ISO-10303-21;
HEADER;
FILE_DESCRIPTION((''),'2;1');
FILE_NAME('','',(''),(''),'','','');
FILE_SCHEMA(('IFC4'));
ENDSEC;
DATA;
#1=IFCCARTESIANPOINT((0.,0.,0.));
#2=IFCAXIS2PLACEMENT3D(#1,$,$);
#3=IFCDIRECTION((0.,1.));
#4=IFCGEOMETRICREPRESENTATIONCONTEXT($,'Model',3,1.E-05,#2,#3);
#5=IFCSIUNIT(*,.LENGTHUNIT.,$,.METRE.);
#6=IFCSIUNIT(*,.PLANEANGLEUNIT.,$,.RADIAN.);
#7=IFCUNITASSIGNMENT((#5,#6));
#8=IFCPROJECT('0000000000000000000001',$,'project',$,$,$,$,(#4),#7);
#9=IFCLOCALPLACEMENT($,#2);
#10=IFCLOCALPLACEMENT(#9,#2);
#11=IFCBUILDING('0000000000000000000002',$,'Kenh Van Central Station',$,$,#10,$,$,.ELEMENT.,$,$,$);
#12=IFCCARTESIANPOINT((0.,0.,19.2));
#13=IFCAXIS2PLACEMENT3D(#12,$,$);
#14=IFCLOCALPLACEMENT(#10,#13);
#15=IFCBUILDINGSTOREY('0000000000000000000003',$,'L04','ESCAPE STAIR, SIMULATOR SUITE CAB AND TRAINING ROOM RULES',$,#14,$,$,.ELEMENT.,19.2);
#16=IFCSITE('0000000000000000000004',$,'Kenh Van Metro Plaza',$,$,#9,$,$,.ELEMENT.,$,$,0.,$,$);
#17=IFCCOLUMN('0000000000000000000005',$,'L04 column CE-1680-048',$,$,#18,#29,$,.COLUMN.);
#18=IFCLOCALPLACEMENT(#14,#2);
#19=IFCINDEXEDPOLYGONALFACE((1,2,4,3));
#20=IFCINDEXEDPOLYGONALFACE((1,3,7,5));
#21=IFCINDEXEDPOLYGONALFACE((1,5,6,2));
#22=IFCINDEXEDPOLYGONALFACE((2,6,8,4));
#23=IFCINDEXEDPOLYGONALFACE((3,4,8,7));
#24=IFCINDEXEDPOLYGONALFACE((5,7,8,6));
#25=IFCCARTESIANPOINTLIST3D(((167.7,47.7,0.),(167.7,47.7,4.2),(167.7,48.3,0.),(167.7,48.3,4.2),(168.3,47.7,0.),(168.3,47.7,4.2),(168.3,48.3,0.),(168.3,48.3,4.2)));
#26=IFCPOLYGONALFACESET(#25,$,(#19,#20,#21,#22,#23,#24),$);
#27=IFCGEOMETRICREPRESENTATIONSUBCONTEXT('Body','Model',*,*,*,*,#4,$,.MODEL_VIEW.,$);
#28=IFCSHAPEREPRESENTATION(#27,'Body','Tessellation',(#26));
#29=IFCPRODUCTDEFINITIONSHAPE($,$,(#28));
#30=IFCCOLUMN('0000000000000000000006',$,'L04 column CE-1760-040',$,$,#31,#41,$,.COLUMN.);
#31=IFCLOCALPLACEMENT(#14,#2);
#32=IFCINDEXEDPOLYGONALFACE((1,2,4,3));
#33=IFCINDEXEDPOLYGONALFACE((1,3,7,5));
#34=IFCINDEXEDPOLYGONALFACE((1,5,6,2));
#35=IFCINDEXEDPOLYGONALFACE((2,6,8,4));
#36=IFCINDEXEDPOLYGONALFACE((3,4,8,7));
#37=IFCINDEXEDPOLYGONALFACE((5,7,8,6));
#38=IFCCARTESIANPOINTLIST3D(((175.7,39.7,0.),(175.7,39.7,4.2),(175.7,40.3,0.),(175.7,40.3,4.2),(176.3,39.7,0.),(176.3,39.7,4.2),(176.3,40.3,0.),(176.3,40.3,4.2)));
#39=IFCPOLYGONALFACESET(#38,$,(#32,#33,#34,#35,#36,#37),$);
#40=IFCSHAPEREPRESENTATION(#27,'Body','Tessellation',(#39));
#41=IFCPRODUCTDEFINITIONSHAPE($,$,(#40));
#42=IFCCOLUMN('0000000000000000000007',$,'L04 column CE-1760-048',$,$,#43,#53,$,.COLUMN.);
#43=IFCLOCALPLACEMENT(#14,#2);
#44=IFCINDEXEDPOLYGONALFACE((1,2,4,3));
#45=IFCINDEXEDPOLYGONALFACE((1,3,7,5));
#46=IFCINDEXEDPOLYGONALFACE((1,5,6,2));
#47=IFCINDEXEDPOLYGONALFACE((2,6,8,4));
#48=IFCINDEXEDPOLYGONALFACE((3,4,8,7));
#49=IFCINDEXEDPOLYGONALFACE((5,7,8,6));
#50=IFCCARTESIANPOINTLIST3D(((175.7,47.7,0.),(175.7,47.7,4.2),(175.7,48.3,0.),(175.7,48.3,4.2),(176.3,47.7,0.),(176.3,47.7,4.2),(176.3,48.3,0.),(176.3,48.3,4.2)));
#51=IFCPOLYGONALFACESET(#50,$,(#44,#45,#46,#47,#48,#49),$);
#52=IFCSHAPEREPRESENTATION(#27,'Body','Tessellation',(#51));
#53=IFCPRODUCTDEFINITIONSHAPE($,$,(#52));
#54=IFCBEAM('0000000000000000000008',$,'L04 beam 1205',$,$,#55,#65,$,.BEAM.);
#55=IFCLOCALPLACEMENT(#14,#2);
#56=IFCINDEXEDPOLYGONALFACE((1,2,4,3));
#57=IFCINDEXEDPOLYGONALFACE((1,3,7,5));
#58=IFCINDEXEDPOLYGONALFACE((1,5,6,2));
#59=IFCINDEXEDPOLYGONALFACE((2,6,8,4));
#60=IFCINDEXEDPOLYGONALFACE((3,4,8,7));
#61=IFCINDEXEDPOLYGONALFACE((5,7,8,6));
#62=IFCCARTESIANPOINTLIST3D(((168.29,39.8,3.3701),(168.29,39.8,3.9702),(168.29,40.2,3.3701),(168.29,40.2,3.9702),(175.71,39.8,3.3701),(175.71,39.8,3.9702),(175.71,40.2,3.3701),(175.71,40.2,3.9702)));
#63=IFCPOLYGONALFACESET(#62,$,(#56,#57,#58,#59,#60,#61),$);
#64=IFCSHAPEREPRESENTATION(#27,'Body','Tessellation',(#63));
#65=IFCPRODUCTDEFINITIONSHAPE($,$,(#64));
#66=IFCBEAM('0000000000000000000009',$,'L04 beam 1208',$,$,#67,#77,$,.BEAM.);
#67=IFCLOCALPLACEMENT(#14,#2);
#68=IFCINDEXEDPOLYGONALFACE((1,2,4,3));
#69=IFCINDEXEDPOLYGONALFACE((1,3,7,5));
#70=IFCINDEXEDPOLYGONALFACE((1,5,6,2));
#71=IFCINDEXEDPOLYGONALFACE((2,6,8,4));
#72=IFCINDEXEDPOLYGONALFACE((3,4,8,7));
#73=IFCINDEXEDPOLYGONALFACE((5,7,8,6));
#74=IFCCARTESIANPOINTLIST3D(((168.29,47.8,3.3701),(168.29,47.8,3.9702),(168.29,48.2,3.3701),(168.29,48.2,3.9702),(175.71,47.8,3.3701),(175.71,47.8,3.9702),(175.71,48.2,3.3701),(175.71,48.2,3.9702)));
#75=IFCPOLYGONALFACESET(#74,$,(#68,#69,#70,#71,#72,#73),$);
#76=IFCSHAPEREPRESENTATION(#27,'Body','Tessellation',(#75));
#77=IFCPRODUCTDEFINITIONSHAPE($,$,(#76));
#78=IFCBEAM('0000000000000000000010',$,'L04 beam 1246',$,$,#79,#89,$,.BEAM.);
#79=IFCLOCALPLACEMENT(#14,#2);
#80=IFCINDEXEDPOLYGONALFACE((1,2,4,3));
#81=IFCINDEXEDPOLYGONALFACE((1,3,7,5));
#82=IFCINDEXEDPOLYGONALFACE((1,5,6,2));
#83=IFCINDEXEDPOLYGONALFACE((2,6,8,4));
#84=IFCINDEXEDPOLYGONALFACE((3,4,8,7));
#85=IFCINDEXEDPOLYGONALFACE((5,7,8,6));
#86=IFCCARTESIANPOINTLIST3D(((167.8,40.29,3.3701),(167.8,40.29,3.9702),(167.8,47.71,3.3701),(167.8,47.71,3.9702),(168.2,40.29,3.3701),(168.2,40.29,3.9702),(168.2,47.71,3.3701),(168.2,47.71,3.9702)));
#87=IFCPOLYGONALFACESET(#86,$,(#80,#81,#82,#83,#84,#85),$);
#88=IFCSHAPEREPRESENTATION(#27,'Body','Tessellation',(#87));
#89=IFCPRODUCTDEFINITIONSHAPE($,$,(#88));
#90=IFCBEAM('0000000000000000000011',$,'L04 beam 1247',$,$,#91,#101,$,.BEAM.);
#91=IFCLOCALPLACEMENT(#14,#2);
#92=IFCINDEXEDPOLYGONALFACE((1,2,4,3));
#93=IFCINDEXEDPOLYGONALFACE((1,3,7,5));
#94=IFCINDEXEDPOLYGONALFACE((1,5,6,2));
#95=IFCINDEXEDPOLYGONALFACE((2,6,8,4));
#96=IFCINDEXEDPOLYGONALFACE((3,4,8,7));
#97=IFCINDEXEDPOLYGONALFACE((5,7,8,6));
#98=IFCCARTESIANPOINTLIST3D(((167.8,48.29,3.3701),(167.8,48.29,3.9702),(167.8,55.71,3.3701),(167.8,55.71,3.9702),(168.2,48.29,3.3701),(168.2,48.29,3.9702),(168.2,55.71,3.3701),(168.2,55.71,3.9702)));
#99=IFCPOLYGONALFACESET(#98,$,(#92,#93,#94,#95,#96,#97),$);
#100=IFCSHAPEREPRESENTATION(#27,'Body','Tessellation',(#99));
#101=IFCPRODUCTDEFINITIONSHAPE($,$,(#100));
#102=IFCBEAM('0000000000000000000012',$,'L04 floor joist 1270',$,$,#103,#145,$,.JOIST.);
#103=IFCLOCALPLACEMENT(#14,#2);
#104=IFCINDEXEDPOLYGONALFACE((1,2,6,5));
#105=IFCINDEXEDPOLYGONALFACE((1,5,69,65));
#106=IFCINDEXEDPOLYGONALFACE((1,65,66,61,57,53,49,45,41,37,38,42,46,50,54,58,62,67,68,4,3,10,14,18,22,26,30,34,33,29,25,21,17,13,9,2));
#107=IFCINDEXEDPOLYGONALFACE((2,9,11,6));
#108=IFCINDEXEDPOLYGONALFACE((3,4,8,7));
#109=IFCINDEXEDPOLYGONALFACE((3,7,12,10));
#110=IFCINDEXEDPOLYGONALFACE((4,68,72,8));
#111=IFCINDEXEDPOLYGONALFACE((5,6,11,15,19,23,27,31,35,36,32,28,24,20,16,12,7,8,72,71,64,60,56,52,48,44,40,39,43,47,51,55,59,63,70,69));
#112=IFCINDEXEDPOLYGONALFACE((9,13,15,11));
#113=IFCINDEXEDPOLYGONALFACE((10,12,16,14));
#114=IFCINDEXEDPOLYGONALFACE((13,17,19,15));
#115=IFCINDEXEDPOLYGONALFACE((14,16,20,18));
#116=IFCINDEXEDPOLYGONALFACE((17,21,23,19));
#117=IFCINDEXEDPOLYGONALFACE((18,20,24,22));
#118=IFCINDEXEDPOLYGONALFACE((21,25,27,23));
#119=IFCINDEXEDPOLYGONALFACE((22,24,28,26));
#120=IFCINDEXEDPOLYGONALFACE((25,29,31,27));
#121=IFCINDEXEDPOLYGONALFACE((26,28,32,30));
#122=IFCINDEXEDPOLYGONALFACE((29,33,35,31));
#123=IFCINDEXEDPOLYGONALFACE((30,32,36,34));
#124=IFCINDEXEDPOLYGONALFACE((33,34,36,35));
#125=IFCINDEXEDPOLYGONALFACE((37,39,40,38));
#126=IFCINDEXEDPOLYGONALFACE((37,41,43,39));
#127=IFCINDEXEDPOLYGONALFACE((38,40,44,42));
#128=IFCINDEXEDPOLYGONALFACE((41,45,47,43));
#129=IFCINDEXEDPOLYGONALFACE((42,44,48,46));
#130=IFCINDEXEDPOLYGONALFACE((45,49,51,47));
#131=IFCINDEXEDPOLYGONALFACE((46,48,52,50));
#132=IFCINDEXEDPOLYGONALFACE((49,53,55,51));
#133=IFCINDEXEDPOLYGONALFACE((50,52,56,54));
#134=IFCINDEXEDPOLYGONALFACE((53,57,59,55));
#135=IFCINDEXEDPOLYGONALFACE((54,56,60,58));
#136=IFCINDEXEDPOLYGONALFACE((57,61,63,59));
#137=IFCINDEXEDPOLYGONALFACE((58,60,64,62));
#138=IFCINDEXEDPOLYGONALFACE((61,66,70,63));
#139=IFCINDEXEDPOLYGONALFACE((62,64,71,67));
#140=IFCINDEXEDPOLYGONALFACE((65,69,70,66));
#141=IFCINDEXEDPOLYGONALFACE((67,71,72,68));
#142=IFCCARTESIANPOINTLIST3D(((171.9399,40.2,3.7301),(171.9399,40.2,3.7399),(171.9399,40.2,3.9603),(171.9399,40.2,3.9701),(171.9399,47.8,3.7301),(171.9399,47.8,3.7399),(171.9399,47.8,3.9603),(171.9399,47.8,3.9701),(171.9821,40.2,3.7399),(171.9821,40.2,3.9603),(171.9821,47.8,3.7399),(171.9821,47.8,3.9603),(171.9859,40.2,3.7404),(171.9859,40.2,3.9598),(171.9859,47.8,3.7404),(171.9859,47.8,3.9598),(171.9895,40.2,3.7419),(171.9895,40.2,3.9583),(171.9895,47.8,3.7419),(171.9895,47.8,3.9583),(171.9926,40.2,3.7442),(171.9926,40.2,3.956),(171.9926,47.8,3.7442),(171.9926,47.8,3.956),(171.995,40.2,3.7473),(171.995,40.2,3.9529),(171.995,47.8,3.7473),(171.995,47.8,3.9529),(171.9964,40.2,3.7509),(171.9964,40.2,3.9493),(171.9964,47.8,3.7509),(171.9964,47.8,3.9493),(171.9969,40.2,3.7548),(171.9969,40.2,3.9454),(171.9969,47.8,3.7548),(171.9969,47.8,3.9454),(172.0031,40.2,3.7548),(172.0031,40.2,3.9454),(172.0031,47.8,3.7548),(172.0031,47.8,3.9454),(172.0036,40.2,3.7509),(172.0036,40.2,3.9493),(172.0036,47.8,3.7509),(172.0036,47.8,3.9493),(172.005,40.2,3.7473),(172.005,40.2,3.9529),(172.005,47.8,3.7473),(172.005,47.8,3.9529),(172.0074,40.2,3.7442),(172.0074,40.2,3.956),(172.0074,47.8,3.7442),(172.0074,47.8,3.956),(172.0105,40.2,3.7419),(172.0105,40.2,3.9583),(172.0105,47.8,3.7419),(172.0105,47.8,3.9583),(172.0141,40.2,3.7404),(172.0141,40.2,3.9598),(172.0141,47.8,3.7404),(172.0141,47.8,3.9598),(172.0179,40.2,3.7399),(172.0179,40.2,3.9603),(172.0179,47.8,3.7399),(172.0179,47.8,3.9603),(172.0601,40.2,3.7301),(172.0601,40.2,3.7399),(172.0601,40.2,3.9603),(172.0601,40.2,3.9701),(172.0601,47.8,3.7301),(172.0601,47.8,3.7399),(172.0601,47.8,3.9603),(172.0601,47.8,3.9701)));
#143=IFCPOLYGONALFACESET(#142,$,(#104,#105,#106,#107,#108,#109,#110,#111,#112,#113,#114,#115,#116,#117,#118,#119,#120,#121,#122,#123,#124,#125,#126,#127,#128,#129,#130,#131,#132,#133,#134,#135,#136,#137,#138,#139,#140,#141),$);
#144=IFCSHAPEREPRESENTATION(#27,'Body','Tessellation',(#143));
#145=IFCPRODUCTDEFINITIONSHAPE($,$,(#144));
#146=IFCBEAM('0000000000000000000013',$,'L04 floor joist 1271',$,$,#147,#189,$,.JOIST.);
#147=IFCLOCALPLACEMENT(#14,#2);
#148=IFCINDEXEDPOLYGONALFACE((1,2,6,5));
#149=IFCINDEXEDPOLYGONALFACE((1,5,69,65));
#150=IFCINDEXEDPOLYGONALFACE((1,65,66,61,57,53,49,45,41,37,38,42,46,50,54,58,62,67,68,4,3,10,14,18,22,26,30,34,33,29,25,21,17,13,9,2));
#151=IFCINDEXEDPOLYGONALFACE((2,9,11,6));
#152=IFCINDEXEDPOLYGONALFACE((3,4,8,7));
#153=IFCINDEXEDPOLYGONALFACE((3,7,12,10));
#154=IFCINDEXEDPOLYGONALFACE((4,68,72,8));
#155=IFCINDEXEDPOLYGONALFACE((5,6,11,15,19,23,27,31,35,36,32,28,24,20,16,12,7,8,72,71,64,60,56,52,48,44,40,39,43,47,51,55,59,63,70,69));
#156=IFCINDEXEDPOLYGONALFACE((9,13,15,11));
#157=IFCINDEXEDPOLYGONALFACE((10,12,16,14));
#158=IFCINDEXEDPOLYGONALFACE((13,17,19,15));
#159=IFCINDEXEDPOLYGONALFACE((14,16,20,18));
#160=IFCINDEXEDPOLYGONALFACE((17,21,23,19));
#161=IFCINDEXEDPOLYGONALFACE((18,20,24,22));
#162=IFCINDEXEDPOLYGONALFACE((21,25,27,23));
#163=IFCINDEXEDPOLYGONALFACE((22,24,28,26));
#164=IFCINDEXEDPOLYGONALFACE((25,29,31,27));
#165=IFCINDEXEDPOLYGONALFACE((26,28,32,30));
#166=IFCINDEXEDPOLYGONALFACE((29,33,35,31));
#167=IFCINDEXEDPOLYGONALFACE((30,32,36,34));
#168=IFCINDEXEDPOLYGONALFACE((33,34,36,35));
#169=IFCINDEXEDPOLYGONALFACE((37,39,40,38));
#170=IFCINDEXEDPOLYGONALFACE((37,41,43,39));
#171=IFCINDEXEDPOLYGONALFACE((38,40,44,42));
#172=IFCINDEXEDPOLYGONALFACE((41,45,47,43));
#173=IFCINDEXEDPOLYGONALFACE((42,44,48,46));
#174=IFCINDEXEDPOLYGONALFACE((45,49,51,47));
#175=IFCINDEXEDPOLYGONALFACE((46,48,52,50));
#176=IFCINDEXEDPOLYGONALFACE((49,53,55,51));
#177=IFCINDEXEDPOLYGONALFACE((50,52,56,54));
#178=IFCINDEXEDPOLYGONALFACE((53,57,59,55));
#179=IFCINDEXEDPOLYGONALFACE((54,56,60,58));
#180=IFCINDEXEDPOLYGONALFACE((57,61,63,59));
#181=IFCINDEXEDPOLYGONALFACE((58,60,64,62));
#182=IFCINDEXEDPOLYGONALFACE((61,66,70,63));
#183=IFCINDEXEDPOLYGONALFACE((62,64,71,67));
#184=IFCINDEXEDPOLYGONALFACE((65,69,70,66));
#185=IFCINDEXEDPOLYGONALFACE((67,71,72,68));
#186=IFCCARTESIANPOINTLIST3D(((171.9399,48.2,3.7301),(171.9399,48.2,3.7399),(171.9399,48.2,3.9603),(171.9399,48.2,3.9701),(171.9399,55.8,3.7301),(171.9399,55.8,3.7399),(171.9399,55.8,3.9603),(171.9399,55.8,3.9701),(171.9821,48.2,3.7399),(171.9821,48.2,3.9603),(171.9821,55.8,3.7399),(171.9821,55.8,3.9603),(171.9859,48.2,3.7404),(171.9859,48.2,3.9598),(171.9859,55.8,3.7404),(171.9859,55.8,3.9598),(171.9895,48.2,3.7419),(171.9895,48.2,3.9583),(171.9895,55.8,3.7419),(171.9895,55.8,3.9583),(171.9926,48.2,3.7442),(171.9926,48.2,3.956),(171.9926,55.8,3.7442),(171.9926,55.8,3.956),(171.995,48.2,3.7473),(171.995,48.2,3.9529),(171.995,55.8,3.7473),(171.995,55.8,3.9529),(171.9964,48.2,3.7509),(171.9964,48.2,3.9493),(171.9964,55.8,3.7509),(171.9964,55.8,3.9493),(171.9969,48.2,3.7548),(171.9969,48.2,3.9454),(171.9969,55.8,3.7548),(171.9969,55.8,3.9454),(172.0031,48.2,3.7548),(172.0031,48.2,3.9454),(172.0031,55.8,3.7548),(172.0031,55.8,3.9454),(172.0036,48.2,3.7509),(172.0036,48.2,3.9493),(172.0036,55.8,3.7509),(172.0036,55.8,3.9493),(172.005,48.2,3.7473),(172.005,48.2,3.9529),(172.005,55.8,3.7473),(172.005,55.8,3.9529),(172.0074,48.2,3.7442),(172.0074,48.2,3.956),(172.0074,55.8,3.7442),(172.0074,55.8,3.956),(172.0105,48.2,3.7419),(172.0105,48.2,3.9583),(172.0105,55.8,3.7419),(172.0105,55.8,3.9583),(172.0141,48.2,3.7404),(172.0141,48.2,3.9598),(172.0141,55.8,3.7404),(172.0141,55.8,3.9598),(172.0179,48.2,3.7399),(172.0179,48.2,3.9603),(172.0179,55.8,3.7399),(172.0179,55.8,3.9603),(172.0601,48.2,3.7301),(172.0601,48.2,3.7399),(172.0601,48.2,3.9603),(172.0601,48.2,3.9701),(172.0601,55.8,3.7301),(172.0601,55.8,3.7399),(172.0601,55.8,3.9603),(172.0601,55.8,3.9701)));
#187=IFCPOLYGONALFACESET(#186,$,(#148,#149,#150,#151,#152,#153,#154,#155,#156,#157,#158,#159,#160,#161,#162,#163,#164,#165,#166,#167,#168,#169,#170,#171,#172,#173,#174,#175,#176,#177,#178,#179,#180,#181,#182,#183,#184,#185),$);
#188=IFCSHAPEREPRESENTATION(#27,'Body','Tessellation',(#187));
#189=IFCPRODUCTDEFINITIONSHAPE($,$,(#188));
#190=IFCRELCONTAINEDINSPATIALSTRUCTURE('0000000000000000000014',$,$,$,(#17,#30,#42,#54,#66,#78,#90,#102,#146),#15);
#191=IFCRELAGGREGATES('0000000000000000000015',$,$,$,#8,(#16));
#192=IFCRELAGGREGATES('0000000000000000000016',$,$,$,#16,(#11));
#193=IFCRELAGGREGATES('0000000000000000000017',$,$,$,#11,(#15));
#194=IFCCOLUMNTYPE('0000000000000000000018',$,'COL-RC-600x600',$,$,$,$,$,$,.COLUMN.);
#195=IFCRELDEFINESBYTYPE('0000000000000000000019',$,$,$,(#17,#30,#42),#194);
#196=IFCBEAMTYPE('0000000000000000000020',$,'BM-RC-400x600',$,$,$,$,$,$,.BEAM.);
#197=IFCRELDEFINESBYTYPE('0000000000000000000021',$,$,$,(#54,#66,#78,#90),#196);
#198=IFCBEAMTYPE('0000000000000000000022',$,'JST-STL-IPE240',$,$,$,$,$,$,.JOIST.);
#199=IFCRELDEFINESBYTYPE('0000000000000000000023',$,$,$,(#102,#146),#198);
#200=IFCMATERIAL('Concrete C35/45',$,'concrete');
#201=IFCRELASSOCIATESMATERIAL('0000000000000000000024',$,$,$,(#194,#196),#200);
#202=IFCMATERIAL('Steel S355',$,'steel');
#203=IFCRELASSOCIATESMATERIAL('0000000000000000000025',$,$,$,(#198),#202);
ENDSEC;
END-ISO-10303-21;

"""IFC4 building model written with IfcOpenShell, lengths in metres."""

from ifc_helpers import new_model, si_unit, direction, frame, origin, origin_2d, place, context, subcontext, project, spatial, rectangle, i_section, extrude, material, material_profile, profile_set, type_object, element, save


model = new_model("IFC4")

# Units and contexts
model_context = context("Model", 3, precision=1e-05, world=origin(), true_north=direction((0.0, 1.0)))
body_context = subcontext(model_context, "Body", "Model", "MODEL_VIEW")
ifc_project = project(units=[si_unit("LENGTHUNIT", "METRE"), si_unit("PLANEANGLEUNIT", "RADIAN")], contexts=[model_context])

# Site, building, storey
site_placement = place(None, origin())
site = spatial("IfcSite", under=ifc_project, at=site_placement, Name="Kenh Van Metro Plaza", CompositionType="ELEMENT", RefElevation=0.0)
building_placement = place(site_placement, origin())
building = spatial("IfcBuilding", under=site, at=building_placement, Name="Kenh Van Central Station", CompositionType="ELEMENT")
storey_placement = place(building_placement, frame((0.0, 0.0, 19.2)))
storey = spatial("IfcBuildingStorey", under=building, at=storey_placement, Name="L04", Description="ESCAPE STAIR, SIMULATOR SUITE CAB AND TRAINING ROOM RULES", CompositionType="ELEMENT", Elevation=19.2)

# Columns
ifc_material_1 = material(Name="Concrete C35/45", Category="concrete")
ifc_material_profile_1 = material_profile(ifc_material_1, rectangle(XDim=0.6001, YDim=0.6001, at=origin_2d()), Name="RC 600x600")
ifc_profile_set_1 = profile_set([ifc_material_profile_1], Name="Concrete C35/45")
column_type = type_object("IfcColumnType", Name="COL-RC-600x600", PredefinedType="COLUMN", material=ifc_profile_set_1)
for number, where, z_axis, x_axis, name in (
    (1, (168.0, 48.0, 0.0), (0.0, 0.0, 1.0), (1.0, 0.0, 0.0), "L04 column CE-1680-048"),
    (2, (176.0, 40.0, 0.0), (0.0, 0.0, 1.0), (1.0, 0.0, 0.0), "L04 column CE-1760-040"),
    (3, (176.0, 48.0, 0.0), (0.0, 0.0, 1.0), (1.0, 0.0, 0.0), "L04 column CE-1760-048"),
):
    element("IfcColumn", number, at=place(storey_placement, frame(where, z_axis=z_axis, x_axis=x_axis)), inside=storey, type_object=column_type, Name=name, PredefinedType="COLUMN", context=body_context, shape_type="SweptSolid", body=[
        extrude(rectangle(XDim=0.6001, YDim=0.6001, at=origin_2d()), origin(), (0.0, 0.0, 1.0), 4.2),
    ])

# Beams
ifc_material_profile_2 = material_profile(ifc_material_1, rectangle(XDim=0.3999, YDim=0.6001, at=origin_2d()), Name="RC 400x600")
ifc_profile_set_2 = profile_set([ifc_material_profile_2], Name="Concrete C35/45")
beam_type_1 = type_object("IfcBeamType", Name="BM-RC-400x600", PredefinedType="BEAM", material=ifc_profile_set_2)
for number, where, z_axis, x_axis, name in (
    (4, (168.29, 40.0, 3.6702), (1.0, 0.0, 0.0), (0.0, 1.0, 0.0), "L04 beam 1205"),
    (5, (168.29, 48.0, 3.6702), (1.0, 0.0, 0.0), (0.0, 1.0, 0.0), "L04 beam 1208"),
    (6, (168.0, 40.29, 3.6702), (0.0, 1.0, 0.0), (-1.0, 0.0, 0.0), "L04 beam 1246"),
    (7, (168.0, 48.29, 3.6702), (0.0, 1.0, 0.0), (-1.0, 0.0, 0.0), "L04 beam 1247"),
):
    element("IfcBeam", number, at=place(storey_placement, frame(where, z_axis=z_axis, x_axis=x_axis)), inside=storey, type_object=beam_type_1, Name=name, PredefinedType="BEAM", context=body_context, shape_type="SweptSolid", body=[
        extrude(rectangle(XDim=0.3999, YDim=0.6001, at=origin_2d()), origin(), (0.0, 0.0, 1.0), 7.4199),
    ])
ifc_material_2 = material(Name="Steel S355", Category="steel")
ifc_material_profile_3 = material_profile(ifc_material_2, i_section(OverallWidth=0.1201, OverallDepth=0.24, WebThickness=0.0061, FlangeThickness=0.0098, FilletRadius=0.0149, at=origin_2d()), Name="IPE 240")
ifc_profile_set_3 = profile_set([ifc_material_profile_3], Name="Steel S355")
beam_type_2 = type_object("IfcBeamType", Name="JST-STL-IPE240", PredefinedType="JOIST", material=ifc_profile_set_3)
for number, where, z_axis, x_axis, name in (
    (8, (172.0, 40.2, 3.8501), (0.0, 1.0, 0.0), (-1.0, 0.0, 0.0), "L04 floor joist 1270"),
    (9, (172.0, 48.2, 3.8501), (0.0, 1.0, 0.0), (-1.0, 0.0, 0.0), "L04 floor joist 1271"),
):
    element("IfcBeam", number, at=place(storey_placement, frame(where, z_axis=z_axis, x_axis=x_axis)), inside=storey, type_object=beam_type_2, Name=name, PredefinedType="JOIST", context=body_context, shape_type="SweptSolid", body=[
        extrude(i_section(OverallWidth=0.1201, OverallDepth=0.24, WebThickness=0.0061, FlangeThickness=0.0098, FilletRadius=0.0149, at=origin_2d()), origin(), (0.0, 0.0, 1.0), 7.6001),
    ])

save(model, "model.ifc")
